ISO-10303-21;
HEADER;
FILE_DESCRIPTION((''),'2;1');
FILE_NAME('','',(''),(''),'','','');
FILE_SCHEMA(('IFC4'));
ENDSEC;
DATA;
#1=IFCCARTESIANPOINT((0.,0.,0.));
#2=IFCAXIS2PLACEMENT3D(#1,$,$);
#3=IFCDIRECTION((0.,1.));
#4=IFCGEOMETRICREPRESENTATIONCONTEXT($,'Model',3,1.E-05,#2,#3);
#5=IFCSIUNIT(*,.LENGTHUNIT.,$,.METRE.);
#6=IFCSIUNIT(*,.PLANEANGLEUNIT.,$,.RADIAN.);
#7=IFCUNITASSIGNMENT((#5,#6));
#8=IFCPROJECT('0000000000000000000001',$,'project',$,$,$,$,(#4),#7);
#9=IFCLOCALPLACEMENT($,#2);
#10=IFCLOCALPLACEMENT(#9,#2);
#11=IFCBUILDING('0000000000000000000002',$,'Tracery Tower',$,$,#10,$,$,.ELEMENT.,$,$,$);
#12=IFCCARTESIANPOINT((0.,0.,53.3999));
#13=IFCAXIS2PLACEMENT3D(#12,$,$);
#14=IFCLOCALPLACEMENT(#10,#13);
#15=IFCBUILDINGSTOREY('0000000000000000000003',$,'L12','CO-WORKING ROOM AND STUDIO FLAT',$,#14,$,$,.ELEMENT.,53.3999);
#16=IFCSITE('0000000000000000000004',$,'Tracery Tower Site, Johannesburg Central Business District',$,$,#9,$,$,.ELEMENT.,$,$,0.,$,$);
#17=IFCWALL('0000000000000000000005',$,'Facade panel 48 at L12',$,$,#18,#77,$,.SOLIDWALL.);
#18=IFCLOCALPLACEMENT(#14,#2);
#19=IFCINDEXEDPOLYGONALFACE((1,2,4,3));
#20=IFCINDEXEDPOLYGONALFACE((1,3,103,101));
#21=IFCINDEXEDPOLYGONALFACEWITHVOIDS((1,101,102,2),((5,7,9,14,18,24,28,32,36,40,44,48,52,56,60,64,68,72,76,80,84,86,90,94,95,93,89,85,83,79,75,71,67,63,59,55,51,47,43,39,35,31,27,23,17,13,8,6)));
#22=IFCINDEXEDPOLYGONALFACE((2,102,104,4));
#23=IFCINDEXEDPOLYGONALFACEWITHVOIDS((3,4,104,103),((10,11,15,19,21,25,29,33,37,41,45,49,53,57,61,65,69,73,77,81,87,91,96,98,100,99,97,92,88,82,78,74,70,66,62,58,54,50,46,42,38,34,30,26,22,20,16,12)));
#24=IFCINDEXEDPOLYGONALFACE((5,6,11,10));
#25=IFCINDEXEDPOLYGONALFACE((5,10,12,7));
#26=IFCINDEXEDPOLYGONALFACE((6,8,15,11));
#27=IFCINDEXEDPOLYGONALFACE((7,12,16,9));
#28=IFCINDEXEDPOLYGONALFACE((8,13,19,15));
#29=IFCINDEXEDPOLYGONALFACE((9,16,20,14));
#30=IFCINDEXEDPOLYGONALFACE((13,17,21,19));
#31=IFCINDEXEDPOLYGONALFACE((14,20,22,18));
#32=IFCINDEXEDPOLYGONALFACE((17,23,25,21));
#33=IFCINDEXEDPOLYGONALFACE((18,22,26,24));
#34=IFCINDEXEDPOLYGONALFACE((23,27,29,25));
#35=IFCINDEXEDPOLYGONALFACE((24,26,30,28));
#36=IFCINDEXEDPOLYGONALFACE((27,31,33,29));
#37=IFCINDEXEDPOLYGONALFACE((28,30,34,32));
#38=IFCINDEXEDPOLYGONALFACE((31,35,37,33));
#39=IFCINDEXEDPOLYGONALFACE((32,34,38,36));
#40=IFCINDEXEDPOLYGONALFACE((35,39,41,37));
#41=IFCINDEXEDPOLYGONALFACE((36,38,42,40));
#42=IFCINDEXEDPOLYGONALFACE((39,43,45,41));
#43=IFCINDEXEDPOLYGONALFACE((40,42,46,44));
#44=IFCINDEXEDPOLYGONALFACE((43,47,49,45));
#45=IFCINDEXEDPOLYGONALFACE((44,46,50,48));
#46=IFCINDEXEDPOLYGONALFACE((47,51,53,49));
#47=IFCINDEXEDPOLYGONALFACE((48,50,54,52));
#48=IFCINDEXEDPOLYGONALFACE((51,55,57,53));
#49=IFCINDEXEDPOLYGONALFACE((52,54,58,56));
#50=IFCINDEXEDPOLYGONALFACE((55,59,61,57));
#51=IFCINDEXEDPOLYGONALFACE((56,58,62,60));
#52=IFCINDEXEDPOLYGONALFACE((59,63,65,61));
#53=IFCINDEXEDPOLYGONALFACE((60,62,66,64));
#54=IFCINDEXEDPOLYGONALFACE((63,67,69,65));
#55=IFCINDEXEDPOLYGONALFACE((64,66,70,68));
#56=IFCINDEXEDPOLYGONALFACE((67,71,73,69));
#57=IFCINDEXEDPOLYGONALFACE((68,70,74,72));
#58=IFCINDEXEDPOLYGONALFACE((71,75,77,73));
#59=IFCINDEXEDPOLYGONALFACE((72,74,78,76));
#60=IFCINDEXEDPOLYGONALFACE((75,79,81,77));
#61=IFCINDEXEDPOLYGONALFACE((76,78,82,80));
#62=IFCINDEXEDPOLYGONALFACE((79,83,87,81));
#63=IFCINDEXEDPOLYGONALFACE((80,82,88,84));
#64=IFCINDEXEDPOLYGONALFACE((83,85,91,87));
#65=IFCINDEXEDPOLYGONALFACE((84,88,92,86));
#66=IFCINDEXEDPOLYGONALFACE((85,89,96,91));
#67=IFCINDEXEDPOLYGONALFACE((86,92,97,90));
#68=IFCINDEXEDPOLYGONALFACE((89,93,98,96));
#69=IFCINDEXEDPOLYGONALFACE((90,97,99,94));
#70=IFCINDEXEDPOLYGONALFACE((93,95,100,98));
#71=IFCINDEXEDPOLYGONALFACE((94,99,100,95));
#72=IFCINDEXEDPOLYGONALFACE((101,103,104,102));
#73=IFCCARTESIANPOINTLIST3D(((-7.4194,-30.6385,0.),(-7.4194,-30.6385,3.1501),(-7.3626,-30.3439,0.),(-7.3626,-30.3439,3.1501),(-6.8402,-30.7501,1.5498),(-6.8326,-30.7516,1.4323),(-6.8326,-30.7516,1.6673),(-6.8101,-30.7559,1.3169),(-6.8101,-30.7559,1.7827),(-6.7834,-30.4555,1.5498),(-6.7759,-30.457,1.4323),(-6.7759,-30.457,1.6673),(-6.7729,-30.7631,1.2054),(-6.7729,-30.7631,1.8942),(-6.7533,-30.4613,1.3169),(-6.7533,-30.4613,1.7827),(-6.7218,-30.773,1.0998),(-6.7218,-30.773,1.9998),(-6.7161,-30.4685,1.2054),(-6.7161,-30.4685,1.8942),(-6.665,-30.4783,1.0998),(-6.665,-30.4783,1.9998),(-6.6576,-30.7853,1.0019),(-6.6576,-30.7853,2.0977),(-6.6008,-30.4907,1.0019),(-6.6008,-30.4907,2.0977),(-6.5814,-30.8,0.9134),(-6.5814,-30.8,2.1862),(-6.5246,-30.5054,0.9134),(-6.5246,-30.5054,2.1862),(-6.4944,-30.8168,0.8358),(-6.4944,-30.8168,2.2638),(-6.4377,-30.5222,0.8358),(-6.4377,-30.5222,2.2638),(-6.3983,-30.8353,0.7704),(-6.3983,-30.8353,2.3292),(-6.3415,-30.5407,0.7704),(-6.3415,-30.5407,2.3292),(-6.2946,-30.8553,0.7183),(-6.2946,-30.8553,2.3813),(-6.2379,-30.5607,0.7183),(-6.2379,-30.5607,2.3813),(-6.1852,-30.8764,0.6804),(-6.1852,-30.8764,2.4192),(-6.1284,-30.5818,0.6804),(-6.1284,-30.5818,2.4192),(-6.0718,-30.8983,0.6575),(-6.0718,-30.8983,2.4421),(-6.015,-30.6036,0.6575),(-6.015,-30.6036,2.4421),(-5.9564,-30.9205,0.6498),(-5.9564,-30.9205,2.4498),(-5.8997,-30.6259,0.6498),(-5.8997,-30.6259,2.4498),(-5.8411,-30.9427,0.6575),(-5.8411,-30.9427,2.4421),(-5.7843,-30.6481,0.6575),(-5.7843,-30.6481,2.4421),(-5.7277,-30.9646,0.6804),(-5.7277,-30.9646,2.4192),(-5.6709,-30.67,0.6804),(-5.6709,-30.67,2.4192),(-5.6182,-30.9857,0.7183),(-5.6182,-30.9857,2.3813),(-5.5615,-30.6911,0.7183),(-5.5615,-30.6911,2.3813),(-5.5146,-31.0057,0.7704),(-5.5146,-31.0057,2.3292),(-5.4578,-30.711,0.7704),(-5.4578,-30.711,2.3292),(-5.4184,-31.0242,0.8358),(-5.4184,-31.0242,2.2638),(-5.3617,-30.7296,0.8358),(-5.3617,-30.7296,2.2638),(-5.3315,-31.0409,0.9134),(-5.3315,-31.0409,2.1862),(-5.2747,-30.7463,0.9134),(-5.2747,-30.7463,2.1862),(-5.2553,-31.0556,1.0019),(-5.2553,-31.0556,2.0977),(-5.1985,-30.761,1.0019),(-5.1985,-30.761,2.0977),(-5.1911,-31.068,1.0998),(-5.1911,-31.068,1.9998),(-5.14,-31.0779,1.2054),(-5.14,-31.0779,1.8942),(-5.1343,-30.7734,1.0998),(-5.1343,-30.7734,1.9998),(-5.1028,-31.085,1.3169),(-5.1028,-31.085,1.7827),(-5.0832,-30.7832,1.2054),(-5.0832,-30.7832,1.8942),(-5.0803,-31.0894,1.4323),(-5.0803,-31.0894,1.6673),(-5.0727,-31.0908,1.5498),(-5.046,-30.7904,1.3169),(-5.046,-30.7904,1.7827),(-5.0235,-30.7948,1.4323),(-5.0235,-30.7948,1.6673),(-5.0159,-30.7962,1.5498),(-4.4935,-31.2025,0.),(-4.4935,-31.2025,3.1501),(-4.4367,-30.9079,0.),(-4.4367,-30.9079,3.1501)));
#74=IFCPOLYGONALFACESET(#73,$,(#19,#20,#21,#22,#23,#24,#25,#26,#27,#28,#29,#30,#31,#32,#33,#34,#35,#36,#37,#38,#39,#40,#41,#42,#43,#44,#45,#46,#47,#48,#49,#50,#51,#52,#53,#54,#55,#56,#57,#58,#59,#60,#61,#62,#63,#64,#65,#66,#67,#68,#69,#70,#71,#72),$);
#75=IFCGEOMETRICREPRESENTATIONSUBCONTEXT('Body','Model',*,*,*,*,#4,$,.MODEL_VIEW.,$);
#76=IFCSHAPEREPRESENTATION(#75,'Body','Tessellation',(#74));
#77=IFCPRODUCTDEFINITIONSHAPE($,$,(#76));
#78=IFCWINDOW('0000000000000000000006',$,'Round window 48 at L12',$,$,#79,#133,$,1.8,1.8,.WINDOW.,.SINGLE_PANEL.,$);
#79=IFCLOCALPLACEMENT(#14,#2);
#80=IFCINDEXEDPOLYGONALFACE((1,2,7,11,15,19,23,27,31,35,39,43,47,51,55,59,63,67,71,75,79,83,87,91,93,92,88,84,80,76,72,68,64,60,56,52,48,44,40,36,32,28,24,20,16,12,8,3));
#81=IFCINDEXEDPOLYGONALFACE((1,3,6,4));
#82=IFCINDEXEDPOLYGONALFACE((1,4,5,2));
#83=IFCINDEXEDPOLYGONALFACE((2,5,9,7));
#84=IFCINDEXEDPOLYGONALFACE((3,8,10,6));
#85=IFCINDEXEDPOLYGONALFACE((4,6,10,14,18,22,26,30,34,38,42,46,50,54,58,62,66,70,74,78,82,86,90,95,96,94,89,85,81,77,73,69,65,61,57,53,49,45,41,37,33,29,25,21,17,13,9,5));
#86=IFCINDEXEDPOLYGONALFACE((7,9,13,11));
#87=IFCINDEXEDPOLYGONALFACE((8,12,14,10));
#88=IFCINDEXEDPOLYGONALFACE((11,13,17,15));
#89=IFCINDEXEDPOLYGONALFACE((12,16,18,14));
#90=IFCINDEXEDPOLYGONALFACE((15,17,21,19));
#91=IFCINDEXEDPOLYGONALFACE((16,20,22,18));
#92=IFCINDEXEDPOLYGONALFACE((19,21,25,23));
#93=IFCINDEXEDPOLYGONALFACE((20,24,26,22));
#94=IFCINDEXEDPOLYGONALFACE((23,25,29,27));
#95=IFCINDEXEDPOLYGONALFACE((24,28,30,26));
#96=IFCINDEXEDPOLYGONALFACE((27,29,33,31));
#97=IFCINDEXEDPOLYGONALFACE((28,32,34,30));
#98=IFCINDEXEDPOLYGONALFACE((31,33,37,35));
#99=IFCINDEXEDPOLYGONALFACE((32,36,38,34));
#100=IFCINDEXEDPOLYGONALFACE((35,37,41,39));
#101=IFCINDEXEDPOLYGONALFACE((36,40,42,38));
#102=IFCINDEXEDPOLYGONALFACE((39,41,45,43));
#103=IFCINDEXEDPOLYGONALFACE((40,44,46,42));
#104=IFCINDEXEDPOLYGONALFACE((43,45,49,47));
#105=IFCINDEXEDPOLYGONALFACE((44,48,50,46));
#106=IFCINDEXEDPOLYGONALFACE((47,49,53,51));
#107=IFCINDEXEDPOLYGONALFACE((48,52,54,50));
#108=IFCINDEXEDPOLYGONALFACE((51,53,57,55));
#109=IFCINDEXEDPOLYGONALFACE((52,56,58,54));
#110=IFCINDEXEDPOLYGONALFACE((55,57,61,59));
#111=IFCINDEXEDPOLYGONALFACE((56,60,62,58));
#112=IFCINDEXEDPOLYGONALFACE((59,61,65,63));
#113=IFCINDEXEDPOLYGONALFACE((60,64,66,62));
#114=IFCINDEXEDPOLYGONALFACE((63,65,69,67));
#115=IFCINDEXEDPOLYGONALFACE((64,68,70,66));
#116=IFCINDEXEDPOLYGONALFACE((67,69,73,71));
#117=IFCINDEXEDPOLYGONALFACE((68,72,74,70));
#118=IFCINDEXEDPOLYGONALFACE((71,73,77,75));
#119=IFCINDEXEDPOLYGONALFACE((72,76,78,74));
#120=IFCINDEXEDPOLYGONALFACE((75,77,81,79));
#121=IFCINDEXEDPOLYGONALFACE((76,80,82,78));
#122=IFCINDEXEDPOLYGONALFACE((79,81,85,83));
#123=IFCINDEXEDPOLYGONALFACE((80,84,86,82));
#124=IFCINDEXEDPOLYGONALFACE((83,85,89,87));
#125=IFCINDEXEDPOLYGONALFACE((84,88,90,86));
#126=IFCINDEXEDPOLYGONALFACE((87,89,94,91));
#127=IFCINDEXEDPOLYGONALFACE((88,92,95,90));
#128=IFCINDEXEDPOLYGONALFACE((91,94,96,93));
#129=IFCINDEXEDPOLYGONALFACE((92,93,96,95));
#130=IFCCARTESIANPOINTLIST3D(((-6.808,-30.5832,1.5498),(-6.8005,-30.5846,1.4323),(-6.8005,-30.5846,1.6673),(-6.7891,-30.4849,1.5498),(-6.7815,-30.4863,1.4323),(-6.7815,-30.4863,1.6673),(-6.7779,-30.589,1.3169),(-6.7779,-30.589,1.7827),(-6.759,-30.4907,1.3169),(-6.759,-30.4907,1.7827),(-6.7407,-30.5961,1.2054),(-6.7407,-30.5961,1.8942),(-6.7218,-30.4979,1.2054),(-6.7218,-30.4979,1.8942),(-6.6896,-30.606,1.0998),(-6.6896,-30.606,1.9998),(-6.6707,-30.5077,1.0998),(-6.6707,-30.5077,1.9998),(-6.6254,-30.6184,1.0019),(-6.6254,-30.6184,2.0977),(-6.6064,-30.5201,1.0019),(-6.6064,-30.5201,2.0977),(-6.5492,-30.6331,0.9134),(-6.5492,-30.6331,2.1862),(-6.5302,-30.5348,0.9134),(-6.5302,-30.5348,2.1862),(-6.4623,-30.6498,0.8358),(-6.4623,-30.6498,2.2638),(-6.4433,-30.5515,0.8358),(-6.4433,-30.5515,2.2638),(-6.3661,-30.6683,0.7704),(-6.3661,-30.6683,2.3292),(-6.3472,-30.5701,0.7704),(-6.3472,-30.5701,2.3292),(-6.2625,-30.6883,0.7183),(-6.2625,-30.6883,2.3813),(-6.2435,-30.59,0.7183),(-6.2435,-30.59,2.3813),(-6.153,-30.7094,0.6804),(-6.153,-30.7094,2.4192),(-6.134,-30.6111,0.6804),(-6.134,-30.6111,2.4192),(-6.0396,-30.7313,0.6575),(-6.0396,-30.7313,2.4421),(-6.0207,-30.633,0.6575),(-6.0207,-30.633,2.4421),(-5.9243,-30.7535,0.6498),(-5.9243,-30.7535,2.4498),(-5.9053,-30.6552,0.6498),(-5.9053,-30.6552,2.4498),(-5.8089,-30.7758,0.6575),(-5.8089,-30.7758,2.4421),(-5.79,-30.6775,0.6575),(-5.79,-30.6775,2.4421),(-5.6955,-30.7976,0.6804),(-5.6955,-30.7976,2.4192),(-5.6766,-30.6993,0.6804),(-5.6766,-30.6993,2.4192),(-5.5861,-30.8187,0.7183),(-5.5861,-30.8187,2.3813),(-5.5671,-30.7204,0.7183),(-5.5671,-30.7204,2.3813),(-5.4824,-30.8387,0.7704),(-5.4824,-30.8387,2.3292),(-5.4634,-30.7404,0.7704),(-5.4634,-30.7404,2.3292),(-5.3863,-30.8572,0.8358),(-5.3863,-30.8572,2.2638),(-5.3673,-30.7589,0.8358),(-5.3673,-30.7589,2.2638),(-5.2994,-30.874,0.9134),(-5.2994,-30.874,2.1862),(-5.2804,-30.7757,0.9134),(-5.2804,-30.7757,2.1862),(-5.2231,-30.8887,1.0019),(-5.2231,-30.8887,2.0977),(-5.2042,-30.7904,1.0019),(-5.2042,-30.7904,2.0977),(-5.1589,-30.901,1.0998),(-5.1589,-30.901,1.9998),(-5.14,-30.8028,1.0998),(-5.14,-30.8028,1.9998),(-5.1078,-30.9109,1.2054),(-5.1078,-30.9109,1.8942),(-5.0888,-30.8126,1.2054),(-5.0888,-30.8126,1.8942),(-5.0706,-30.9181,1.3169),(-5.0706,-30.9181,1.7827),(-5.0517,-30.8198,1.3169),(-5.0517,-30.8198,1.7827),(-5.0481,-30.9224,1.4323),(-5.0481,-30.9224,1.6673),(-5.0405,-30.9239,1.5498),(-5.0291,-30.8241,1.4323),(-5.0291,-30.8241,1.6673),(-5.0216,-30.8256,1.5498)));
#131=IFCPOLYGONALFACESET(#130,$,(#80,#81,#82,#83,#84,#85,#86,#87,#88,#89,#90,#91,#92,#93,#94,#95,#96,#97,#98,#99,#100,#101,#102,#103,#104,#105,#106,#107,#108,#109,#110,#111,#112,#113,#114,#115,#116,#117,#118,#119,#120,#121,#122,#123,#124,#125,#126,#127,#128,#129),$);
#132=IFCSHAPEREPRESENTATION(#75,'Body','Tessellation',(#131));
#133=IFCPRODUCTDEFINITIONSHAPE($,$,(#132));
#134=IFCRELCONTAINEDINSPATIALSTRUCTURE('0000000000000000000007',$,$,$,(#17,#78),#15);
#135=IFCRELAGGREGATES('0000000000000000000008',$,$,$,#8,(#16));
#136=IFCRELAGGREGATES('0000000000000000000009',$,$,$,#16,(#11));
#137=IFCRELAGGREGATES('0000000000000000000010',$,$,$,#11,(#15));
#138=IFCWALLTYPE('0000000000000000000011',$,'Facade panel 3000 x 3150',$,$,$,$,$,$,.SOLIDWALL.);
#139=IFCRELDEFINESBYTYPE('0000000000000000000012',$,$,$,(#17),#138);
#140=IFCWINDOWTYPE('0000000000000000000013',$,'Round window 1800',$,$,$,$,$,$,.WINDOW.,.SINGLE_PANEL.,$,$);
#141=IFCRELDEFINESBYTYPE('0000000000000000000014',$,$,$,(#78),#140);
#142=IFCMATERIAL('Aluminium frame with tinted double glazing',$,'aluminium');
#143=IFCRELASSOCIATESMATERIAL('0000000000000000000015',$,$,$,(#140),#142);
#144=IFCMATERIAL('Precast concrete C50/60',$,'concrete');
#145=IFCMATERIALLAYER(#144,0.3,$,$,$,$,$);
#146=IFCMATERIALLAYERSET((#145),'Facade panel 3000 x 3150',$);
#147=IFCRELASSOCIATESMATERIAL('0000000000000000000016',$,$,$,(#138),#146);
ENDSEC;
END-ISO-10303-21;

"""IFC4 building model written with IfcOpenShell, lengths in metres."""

from ifc_helpers import new_model, si_unit, direction, frame, frame_2d, origin, origin_2d, place, context, subcontext, project, spatial, rectangle, circle, extrude, material, layer, layer_set, type_object, element, fill, save


model = new_model("IFC4")

# Units and contexts
model_context = context("Model", 3, precision=1e-05, world=origin(), true_north=direction((0.0, 1.0)))
body_context = subcontext(model_context, "Body", "Model", "MODEL_VIEW")
ifc_project = project(units=[si_unit("LENGTHUNIT", "METRE"), si_unit("PLANEANGLEUNIT", "RADIAN")], contexts=[model_context])

# Site, building, storey
site_placement = place(None, origin())
site = spatial("IfcSite", under=ifc_project, at=site_placement, Name="Tracery Tower Site, Johannesburg Central Business District", CompositionType="ELEMENT", RefElevation=0.0)
building_placement = place(site_placement, origin())
building = spatial("IfcBuilding", under=site, at=building_placement, Name="Tracery Tower", CompositionType="ELEMENT")
storey_placement = place(building_placement, frame((0.0, 0.0, 53.3999)))
storey = spatial("IfcBuildingStorey", under=building, at=storey_placement, Name="L12", Description="CO-WORKING ROOM AND STUDIO FLAT", CompositionType="ELEMENT", Elevation=53.3999)

# Wall, opening, window
ifc_material_1 = material(Name="Aluminium frame with tinted double glazing", Category="aluminium")
window_type = type_object("IfcWindowType", Name="Round window 1800", PartitioningType="SINGLE_PANEL", PredefinedType="WINDOW", material=ifc_material_1)
ifc_material_2 = material(Name="Precast concrete C50/60", Category="concrete")
ifc_layer_1 = layer(ifc_material_2, 0.3)
ifc_layer_set_1 = layer_set([ifc_layer_1], Name="Facade panel 3000 x 3150")
wall_type_1 = type_object("IfcWallType", Name="Facade panel 3000 x 3150", PredefinedType="SOLIDWALL", material=ifc_layer_set_1)
wall_1_placement = place(storey_placement, frame((-7.3909, -30.4912, 0.0), z_axis=(0.0, 0.0, 1.0), x_axis=(0.981925, -0.189273, 0.0)))
wall_1 = element("IfcWall", 1, at=wall_1_placement, inside=storey, type_object=wall_type_1, Name="Facade panel 48 at L12", PredefinedType="SOLIDWALL", context=body_context, shape_type="SweptSolid", body=[
    extrude(rectangle(XDim=2.9797, YDim=0.3, at=frame_2d((1.4897, 0.0))), origin(), (0.0, 0.0, 1.0), 3.1501),
])
opening_1_placement = place(wall_1_placement, frame((1.4897, 0.0, 1.5498)))
opening_1 = element("IfcOpeningElement", 2, at=opening_1_placement, cuts=wall_1, PredefinedType="OPENING", context=body_context, shape_type="SweptSolid", body=[
    extrude(circle(Radius=0.9, at=origin_2d()), frame((0.0, 0.1599, 0.0), z_axis=(0.0, -1.0, 0.0), x_axis=(1.0, 0.0, 0.0)), (0.0, 0.0, 1.0), 0.3201),
])
window_1_placement = place(opening_1_placement, origin())
window_1 = element("IfcWindow", 3, at=window_1_placement, inside=storey, type_object=window_type, Name="Round window 48 at L12", OverallHeight=1.8, OverallWidth=1.8, PartitioningType="SINGLE_PANEL", PredefinedType="WINDOW", context=body_context, shape_type="SweptSolid", body=[
    extrude(circle(Radius=0.9, at=origin_2d()), frame((0.0, 0.1201, 0.0), z_axis=(0.0, -1.0, 0.0), x_axis=(1.0, 0.0, 0.0)), (0.0, 0.0, 1.0), 0.1001),
])
fill(opening_1, window_1)

save(model, "model.ifc")
